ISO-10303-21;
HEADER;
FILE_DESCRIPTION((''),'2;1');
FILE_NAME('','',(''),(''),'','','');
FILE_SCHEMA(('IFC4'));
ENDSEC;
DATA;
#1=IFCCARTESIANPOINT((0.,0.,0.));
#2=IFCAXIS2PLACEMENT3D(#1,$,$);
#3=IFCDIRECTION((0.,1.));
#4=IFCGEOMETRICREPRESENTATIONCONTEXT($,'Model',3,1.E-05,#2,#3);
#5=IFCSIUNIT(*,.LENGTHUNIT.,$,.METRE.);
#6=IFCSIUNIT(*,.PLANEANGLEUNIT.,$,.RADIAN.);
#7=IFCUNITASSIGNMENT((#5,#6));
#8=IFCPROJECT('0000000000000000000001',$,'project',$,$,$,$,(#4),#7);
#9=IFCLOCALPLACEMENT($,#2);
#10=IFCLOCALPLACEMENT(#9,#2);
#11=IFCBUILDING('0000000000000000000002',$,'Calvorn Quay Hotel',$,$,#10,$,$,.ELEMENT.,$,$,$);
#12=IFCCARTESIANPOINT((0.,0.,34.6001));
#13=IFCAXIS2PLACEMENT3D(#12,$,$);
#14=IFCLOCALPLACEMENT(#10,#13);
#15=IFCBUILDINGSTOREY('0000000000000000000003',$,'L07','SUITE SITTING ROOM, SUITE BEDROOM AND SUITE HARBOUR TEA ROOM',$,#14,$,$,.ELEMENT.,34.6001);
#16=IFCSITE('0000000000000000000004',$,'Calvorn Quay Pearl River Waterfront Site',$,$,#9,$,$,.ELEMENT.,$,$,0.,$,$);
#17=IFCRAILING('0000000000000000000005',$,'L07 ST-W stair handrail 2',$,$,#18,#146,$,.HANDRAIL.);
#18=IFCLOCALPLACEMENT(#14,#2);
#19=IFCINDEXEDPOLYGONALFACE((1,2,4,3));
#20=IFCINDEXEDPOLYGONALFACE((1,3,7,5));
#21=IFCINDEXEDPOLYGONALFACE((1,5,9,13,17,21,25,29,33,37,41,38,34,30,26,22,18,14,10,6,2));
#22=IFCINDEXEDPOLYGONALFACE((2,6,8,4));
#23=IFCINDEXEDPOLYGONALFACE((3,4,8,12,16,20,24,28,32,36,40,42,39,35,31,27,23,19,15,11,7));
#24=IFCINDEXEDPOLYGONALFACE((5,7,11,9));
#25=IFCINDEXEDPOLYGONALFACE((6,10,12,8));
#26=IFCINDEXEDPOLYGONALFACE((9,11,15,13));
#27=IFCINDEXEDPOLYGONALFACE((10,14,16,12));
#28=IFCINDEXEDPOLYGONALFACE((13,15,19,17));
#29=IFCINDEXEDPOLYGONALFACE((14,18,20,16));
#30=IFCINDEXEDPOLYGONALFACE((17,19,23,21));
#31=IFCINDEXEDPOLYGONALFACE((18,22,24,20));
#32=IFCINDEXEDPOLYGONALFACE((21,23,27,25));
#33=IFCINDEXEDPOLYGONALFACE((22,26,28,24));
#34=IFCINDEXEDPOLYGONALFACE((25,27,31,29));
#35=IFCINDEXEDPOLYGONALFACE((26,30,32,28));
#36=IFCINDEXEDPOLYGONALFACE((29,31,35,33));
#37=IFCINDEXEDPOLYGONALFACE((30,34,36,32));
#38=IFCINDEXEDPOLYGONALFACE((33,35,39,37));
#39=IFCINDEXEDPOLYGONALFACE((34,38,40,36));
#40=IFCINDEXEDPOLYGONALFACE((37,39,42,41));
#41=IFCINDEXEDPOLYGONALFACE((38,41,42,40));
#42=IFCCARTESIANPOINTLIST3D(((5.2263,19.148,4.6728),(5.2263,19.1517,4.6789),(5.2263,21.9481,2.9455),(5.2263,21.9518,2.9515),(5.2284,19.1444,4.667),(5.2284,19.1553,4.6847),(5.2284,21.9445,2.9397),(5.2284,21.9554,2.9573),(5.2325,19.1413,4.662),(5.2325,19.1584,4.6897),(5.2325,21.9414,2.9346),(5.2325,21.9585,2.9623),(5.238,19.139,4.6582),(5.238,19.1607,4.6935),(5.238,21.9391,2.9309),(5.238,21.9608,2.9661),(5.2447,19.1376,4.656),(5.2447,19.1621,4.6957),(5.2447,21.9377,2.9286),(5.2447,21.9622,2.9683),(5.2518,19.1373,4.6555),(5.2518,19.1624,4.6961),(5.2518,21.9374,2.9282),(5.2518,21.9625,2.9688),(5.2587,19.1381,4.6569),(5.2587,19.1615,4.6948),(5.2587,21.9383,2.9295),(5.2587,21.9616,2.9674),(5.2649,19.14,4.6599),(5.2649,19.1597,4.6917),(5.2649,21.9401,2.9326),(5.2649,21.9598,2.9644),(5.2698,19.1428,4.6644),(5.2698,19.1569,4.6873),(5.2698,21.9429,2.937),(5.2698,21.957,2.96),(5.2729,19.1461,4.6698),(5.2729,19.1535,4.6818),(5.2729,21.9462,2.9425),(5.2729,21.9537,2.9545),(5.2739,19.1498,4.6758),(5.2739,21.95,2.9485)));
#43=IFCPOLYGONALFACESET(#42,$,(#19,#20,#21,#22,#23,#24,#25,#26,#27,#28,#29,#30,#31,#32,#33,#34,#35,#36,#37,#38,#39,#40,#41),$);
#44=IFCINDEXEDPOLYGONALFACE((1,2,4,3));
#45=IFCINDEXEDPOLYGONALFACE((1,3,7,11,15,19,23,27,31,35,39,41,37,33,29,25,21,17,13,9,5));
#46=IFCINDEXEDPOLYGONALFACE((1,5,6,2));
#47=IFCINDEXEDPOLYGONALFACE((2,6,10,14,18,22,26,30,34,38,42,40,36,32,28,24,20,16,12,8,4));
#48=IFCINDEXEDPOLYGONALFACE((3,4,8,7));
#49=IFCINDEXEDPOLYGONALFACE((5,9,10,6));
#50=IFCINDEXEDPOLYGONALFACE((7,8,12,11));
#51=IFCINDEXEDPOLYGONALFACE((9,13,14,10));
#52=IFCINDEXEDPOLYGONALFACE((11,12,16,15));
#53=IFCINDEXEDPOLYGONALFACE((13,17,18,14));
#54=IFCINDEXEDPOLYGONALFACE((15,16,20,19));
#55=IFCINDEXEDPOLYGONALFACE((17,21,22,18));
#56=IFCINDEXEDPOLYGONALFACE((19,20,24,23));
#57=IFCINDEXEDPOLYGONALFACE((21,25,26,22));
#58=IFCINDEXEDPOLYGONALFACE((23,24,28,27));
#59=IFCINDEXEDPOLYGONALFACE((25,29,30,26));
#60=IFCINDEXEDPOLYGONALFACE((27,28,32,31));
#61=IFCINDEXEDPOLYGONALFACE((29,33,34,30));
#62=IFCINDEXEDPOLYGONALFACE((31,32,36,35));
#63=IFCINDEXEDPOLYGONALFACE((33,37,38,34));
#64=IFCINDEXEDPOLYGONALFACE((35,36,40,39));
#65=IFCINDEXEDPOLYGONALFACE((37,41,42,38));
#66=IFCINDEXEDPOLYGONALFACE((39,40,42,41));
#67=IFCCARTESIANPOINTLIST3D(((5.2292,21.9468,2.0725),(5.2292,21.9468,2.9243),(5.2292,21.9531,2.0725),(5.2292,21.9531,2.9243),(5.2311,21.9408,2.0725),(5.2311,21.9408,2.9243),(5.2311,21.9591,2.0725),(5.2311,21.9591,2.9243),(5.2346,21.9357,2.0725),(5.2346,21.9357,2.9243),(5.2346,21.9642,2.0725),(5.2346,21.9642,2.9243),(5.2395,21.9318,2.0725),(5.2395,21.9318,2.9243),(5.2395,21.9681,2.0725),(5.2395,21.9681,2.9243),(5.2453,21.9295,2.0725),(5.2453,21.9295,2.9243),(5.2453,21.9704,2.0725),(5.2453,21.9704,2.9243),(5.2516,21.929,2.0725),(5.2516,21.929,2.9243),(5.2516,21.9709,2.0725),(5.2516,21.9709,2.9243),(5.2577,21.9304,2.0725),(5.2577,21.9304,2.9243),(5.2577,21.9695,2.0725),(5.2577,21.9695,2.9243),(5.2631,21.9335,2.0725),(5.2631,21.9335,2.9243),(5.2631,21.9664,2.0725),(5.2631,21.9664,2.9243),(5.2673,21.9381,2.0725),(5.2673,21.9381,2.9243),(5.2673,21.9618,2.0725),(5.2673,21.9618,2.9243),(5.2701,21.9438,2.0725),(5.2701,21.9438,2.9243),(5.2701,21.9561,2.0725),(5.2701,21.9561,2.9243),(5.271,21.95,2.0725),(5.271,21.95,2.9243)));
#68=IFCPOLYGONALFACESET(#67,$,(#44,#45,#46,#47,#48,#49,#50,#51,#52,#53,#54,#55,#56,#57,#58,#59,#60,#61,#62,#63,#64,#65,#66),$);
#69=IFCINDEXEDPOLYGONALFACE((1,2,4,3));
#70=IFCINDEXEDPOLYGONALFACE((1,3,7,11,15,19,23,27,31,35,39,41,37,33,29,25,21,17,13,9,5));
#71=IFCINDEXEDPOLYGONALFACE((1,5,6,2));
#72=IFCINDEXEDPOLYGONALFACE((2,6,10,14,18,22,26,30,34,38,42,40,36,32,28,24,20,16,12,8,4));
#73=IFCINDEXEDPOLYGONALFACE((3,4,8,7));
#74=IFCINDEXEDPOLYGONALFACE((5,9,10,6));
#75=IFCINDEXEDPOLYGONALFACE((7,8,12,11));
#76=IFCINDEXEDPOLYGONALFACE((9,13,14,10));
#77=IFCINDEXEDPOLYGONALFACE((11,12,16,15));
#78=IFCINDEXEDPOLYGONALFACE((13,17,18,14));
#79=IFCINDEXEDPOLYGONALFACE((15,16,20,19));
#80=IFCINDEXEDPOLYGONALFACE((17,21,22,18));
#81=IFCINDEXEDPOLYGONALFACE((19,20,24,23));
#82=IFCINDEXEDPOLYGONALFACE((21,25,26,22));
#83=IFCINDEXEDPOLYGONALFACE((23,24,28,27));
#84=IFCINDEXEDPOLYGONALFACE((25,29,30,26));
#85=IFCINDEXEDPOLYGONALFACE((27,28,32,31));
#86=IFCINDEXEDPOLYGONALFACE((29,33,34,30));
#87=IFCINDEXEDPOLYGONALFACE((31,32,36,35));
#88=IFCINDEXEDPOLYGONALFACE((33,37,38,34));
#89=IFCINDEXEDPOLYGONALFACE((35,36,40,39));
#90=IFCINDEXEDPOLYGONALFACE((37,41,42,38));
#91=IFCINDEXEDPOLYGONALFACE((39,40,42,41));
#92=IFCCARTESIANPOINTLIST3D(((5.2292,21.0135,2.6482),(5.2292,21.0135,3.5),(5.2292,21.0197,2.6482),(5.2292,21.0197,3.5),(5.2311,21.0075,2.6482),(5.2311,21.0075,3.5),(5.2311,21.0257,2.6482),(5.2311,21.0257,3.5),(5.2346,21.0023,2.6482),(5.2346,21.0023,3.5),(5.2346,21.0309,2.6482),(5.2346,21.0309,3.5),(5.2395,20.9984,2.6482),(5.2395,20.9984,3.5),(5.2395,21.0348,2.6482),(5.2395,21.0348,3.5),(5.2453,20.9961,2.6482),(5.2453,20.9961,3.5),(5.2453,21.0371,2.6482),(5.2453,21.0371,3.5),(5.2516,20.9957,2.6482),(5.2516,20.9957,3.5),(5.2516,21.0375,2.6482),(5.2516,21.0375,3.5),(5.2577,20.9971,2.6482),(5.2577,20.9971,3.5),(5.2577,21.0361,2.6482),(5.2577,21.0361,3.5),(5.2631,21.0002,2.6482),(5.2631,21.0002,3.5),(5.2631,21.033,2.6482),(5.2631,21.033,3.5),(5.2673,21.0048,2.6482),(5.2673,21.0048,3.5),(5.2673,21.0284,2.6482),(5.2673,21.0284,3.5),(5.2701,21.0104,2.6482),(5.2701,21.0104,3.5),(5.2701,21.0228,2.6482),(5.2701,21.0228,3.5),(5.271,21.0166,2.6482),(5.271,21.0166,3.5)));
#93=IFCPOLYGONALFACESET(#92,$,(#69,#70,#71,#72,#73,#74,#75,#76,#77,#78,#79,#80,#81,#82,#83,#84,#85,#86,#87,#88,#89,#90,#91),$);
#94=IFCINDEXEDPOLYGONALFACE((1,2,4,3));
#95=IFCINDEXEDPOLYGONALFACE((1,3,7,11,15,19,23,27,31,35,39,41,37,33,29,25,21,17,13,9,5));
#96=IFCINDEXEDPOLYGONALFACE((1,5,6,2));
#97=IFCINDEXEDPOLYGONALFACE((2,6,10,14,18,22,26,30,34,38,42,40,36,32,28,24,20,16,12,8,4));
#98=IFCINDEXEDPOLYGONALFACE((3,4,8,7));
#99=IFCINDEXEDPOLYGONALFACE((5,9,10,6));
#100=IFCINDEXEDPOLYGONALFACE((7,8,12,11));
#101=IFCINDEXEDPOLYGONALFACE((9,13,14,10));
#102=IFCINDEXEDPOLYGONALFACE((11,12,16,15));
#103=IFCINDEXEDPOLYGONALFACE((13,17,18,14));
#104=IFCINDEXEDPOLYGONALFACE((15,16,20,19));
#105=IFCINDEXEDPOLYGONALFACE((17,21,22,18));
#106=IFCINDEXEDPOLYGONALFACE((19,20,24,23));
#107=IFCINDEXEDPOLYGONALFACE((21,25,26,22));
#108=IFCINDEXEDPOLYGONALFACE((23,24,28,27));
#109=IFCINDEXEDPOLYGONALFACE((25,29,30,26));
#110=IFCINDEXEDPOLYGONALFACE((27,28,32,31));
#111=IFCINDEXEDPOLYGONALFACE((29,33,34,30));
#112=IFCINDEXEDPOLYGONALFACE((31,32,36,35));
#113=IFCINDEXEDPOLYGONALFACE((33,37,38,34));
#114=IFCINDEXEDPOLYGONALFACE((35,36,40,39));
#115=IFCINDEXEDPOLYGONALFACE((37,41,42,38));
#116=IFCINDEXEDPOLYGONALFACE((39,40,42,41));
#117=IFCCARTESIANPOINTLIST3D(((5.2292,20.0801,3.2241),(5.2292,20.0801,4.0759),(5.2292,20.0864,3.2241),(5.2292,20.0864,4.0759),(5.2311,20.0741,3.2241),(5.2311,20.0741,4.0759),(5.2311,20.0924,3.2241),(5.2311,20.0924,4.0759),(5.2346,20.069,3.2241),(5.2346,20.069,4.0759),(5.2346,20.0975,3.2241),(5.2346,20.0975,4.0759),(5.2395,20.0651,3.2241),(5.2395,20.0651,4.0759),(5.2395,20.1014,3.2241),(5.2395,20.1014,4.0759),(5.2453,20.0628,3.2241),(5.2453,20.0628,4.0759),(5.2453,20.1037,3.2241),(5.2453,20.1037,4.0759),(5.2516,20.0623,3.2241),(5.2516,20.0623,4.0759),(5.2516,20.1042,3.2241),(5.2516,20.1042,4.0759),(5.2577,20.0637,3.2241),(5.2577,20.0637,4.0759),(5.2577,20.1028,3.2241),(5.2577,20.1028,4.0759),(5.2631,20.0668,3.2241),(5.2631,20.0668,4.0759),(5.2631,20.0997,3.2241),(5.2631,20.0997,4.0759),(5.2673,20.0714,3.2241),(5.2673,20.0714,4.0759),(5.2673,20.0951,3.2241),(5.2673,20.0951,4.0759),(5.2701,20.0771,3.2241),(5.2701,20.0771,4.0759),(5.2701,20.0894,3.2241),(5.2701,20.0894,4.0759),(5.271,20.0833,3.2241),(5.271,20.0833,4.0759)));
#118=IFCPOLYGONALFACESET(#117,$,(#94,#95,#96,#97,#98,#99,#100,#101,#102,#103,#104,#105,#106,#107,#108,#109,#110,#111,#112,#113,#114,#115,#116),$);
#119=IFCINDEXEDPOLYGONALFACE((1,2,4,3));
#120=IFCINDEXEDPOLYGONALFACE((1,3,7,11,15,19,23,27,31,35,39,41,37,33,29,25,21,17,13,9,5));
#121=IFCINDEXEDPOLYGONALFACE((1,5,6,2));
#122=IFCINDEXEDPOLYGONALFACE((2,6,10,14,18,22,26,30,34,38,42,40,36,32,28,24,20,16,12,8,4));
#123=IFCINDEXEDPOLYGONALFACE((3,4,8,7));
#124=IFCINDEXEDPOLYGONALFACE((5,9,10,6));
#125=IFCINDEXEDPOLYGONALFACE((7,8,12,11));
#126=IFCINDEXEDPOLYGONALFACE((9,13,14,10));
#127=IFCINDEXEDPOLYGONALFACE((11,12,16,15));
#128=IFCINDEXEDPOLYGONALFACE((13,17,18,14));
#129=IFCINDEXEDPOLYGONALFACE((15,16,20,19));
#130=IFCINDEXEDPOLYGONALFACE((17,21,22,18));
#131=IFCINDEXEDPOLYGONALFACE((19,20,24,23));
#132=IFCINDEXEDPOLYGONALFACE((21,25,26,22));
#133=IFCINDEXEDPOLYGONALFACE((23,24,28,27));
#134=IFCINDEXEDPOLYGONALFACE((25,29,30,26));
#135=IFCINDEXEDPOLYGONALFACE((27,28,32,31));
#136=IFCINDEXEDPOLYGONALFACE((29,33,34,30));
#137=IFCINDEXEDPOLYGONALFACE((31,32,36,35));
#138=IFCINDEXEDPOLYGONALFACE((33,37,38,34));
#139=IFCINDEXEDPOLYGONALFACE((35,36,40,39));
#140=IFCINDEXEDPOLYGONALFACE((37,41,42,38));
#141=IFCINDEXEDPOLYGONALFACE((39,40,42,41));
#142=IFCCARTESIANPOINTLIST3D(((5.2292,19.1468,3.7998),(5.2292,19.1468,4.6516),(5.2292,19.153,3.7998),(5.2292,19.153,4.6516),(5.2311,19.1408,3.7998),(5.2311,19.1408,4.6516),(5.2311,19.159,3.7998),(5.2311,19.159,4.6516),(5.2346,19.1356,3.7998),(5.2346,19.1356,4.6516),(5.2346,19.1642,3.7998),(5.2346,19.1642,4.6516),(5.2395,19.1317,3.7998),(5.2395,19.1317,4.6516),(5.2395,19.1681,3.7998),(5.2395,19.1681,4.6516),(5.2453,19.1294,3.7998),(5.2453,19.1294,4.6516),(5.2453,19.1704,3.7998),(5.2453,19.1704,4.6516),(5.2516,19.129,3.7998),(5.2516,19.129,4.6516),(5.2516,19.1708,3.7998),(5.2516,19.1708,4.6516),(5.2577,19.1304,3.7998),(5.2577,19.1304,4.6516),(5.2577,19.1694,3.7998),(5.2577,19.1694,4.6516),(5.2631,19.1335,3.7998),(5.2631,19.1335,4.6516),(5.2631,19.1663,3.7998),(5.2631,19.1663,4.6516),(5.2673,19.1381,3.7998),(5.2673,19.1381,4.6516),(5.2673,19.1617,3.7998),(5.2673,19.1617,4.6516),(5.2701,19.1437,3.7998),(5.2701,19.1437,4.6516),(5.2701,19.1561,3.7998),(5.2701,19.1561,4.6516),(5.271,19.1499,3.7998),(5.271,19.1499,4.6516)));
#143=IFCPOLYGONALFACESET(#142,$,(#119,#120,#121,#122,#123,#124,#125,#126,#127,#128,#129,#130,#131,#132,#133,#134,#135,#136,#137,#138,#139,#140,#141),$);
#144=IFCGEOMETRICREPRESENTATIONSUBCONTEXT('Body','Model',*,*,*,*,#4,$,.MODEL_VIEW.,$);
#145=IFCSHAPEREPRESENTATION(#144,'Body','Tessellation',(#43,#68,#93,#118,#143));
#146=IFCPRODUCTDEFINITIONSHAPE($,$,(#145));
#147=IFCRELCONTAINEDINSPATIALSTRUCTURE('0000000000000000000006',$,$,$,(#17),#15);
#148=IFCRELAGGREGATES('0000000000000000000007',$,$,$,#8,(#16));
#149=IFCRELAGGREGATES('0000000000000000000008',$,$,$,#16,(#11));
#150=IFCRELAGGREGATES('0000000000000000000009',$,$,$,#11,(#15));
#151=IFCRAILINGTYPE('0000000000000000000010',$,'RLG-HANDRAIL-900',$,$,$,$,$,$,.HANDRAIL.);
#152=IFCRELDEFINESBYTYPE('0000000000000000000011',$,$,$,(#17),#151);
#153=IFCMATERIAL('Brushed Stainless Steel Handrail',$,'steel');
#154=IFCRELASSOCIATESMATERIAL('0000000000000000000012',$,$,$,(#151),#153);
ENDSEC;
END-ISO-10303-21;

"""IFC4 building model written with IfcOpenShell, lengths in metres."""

from ifc_helpers import new_model, si_unit, direction, frame, origin, origin_2d, place, context, subcontext, project, spatial, circle, extrude, material, type_object, element, save


model = new_model("IFC4")

# Units and contexts
model_context = context("Model", 3, precision=1e-05, world=origin(), true_north=direction((0.0, 1.0)))
body_context = subcontext(model_context, "Body", "Model", "MODEL_VIEW")
ifc_project = project(units=[si_unit("LENGTHUNIT", "METRE"), si_unit("PLANEANGLEUNIT", "RADIAN")], contexts=[model_context])

# Site, building, storey
site_placement = place(None, origin())
site = spatial("IfcSite", under=ifc_project, at=site_placement, Name="Calvorn Quay Pearl River Waterfront Site", CompositionType="ELEMENT", RefElevation=0.0)
building_placement = place(site_placement, origin())
building = spatial("IfcBuilding", under=site, at=building_placement, Name="Calvorn Quay Hotel", CompositionType="ELEMENT")
storey_placement = place(building_placement, frame((0.0, 0.0, 34.6001)))
storey = spatial("IfcBuildingStorey", under=building, at=storey_placement, Name="L07", Description="SUITE SITTING ROOM, SUITE BEDROOM AND SUITE HARBOUR TEA ROOM", CompositionType="ELEMENT", Elevation=34.6001)

# Railing
ifc_material_1 = material(Name="Brushed Stainless Steel Handrail", Category="steel")
railing_type_1 = type_object("IfcRailingType", Name="RLG-HANDRAIL-900", PredefinedType="HANDRAIL", material=ifc_material_1)
railing_1_placement = place(storey_placement, frame((5.25, 21.95, 2.0725)))
element("IfcRailing", 1, at=railing_1_placement, inside=storey, type_object=railing_type_1, Name="L07 ST-W stair handrail 2", PredefinedType="HANDRAIL", context=body_context, shape_type="SweptSolid", body=[
    extrude(circle(Radius=0.0239, at=origin_2d()), frame((0.0, 0.0, 0.876), z_axis=(0.0, -0.85109, 0.52502), x_axis=(1.0, 0.0, 0.0)), (0.0, 0.0, 1.0), 3.29),
    extrude(circle(Radius=0.021, at=origin_2d()), origin(), (0.0, 0.0, 1.0), 0.8518),
    extrude(circle(Radius=0.021, at=origin_2d()), frame((0.0, -0.9333, 0.5757)), (0.0, 0.0, 1.0), 0.8518),
    extrude(circle(Radius=0.021, at=origin_2d()), frame((0.0, -1.8667, 1.1516)), (0.0, 0.0, 1.0), 0.8518),
    extrude(circle(Radius=0.021, at=origin_2d()), frame((0.0, -2.8, 1.7273)), (0.0, 0.0, 1.0), 0.8518),
])

save(model, "model.ifc")
